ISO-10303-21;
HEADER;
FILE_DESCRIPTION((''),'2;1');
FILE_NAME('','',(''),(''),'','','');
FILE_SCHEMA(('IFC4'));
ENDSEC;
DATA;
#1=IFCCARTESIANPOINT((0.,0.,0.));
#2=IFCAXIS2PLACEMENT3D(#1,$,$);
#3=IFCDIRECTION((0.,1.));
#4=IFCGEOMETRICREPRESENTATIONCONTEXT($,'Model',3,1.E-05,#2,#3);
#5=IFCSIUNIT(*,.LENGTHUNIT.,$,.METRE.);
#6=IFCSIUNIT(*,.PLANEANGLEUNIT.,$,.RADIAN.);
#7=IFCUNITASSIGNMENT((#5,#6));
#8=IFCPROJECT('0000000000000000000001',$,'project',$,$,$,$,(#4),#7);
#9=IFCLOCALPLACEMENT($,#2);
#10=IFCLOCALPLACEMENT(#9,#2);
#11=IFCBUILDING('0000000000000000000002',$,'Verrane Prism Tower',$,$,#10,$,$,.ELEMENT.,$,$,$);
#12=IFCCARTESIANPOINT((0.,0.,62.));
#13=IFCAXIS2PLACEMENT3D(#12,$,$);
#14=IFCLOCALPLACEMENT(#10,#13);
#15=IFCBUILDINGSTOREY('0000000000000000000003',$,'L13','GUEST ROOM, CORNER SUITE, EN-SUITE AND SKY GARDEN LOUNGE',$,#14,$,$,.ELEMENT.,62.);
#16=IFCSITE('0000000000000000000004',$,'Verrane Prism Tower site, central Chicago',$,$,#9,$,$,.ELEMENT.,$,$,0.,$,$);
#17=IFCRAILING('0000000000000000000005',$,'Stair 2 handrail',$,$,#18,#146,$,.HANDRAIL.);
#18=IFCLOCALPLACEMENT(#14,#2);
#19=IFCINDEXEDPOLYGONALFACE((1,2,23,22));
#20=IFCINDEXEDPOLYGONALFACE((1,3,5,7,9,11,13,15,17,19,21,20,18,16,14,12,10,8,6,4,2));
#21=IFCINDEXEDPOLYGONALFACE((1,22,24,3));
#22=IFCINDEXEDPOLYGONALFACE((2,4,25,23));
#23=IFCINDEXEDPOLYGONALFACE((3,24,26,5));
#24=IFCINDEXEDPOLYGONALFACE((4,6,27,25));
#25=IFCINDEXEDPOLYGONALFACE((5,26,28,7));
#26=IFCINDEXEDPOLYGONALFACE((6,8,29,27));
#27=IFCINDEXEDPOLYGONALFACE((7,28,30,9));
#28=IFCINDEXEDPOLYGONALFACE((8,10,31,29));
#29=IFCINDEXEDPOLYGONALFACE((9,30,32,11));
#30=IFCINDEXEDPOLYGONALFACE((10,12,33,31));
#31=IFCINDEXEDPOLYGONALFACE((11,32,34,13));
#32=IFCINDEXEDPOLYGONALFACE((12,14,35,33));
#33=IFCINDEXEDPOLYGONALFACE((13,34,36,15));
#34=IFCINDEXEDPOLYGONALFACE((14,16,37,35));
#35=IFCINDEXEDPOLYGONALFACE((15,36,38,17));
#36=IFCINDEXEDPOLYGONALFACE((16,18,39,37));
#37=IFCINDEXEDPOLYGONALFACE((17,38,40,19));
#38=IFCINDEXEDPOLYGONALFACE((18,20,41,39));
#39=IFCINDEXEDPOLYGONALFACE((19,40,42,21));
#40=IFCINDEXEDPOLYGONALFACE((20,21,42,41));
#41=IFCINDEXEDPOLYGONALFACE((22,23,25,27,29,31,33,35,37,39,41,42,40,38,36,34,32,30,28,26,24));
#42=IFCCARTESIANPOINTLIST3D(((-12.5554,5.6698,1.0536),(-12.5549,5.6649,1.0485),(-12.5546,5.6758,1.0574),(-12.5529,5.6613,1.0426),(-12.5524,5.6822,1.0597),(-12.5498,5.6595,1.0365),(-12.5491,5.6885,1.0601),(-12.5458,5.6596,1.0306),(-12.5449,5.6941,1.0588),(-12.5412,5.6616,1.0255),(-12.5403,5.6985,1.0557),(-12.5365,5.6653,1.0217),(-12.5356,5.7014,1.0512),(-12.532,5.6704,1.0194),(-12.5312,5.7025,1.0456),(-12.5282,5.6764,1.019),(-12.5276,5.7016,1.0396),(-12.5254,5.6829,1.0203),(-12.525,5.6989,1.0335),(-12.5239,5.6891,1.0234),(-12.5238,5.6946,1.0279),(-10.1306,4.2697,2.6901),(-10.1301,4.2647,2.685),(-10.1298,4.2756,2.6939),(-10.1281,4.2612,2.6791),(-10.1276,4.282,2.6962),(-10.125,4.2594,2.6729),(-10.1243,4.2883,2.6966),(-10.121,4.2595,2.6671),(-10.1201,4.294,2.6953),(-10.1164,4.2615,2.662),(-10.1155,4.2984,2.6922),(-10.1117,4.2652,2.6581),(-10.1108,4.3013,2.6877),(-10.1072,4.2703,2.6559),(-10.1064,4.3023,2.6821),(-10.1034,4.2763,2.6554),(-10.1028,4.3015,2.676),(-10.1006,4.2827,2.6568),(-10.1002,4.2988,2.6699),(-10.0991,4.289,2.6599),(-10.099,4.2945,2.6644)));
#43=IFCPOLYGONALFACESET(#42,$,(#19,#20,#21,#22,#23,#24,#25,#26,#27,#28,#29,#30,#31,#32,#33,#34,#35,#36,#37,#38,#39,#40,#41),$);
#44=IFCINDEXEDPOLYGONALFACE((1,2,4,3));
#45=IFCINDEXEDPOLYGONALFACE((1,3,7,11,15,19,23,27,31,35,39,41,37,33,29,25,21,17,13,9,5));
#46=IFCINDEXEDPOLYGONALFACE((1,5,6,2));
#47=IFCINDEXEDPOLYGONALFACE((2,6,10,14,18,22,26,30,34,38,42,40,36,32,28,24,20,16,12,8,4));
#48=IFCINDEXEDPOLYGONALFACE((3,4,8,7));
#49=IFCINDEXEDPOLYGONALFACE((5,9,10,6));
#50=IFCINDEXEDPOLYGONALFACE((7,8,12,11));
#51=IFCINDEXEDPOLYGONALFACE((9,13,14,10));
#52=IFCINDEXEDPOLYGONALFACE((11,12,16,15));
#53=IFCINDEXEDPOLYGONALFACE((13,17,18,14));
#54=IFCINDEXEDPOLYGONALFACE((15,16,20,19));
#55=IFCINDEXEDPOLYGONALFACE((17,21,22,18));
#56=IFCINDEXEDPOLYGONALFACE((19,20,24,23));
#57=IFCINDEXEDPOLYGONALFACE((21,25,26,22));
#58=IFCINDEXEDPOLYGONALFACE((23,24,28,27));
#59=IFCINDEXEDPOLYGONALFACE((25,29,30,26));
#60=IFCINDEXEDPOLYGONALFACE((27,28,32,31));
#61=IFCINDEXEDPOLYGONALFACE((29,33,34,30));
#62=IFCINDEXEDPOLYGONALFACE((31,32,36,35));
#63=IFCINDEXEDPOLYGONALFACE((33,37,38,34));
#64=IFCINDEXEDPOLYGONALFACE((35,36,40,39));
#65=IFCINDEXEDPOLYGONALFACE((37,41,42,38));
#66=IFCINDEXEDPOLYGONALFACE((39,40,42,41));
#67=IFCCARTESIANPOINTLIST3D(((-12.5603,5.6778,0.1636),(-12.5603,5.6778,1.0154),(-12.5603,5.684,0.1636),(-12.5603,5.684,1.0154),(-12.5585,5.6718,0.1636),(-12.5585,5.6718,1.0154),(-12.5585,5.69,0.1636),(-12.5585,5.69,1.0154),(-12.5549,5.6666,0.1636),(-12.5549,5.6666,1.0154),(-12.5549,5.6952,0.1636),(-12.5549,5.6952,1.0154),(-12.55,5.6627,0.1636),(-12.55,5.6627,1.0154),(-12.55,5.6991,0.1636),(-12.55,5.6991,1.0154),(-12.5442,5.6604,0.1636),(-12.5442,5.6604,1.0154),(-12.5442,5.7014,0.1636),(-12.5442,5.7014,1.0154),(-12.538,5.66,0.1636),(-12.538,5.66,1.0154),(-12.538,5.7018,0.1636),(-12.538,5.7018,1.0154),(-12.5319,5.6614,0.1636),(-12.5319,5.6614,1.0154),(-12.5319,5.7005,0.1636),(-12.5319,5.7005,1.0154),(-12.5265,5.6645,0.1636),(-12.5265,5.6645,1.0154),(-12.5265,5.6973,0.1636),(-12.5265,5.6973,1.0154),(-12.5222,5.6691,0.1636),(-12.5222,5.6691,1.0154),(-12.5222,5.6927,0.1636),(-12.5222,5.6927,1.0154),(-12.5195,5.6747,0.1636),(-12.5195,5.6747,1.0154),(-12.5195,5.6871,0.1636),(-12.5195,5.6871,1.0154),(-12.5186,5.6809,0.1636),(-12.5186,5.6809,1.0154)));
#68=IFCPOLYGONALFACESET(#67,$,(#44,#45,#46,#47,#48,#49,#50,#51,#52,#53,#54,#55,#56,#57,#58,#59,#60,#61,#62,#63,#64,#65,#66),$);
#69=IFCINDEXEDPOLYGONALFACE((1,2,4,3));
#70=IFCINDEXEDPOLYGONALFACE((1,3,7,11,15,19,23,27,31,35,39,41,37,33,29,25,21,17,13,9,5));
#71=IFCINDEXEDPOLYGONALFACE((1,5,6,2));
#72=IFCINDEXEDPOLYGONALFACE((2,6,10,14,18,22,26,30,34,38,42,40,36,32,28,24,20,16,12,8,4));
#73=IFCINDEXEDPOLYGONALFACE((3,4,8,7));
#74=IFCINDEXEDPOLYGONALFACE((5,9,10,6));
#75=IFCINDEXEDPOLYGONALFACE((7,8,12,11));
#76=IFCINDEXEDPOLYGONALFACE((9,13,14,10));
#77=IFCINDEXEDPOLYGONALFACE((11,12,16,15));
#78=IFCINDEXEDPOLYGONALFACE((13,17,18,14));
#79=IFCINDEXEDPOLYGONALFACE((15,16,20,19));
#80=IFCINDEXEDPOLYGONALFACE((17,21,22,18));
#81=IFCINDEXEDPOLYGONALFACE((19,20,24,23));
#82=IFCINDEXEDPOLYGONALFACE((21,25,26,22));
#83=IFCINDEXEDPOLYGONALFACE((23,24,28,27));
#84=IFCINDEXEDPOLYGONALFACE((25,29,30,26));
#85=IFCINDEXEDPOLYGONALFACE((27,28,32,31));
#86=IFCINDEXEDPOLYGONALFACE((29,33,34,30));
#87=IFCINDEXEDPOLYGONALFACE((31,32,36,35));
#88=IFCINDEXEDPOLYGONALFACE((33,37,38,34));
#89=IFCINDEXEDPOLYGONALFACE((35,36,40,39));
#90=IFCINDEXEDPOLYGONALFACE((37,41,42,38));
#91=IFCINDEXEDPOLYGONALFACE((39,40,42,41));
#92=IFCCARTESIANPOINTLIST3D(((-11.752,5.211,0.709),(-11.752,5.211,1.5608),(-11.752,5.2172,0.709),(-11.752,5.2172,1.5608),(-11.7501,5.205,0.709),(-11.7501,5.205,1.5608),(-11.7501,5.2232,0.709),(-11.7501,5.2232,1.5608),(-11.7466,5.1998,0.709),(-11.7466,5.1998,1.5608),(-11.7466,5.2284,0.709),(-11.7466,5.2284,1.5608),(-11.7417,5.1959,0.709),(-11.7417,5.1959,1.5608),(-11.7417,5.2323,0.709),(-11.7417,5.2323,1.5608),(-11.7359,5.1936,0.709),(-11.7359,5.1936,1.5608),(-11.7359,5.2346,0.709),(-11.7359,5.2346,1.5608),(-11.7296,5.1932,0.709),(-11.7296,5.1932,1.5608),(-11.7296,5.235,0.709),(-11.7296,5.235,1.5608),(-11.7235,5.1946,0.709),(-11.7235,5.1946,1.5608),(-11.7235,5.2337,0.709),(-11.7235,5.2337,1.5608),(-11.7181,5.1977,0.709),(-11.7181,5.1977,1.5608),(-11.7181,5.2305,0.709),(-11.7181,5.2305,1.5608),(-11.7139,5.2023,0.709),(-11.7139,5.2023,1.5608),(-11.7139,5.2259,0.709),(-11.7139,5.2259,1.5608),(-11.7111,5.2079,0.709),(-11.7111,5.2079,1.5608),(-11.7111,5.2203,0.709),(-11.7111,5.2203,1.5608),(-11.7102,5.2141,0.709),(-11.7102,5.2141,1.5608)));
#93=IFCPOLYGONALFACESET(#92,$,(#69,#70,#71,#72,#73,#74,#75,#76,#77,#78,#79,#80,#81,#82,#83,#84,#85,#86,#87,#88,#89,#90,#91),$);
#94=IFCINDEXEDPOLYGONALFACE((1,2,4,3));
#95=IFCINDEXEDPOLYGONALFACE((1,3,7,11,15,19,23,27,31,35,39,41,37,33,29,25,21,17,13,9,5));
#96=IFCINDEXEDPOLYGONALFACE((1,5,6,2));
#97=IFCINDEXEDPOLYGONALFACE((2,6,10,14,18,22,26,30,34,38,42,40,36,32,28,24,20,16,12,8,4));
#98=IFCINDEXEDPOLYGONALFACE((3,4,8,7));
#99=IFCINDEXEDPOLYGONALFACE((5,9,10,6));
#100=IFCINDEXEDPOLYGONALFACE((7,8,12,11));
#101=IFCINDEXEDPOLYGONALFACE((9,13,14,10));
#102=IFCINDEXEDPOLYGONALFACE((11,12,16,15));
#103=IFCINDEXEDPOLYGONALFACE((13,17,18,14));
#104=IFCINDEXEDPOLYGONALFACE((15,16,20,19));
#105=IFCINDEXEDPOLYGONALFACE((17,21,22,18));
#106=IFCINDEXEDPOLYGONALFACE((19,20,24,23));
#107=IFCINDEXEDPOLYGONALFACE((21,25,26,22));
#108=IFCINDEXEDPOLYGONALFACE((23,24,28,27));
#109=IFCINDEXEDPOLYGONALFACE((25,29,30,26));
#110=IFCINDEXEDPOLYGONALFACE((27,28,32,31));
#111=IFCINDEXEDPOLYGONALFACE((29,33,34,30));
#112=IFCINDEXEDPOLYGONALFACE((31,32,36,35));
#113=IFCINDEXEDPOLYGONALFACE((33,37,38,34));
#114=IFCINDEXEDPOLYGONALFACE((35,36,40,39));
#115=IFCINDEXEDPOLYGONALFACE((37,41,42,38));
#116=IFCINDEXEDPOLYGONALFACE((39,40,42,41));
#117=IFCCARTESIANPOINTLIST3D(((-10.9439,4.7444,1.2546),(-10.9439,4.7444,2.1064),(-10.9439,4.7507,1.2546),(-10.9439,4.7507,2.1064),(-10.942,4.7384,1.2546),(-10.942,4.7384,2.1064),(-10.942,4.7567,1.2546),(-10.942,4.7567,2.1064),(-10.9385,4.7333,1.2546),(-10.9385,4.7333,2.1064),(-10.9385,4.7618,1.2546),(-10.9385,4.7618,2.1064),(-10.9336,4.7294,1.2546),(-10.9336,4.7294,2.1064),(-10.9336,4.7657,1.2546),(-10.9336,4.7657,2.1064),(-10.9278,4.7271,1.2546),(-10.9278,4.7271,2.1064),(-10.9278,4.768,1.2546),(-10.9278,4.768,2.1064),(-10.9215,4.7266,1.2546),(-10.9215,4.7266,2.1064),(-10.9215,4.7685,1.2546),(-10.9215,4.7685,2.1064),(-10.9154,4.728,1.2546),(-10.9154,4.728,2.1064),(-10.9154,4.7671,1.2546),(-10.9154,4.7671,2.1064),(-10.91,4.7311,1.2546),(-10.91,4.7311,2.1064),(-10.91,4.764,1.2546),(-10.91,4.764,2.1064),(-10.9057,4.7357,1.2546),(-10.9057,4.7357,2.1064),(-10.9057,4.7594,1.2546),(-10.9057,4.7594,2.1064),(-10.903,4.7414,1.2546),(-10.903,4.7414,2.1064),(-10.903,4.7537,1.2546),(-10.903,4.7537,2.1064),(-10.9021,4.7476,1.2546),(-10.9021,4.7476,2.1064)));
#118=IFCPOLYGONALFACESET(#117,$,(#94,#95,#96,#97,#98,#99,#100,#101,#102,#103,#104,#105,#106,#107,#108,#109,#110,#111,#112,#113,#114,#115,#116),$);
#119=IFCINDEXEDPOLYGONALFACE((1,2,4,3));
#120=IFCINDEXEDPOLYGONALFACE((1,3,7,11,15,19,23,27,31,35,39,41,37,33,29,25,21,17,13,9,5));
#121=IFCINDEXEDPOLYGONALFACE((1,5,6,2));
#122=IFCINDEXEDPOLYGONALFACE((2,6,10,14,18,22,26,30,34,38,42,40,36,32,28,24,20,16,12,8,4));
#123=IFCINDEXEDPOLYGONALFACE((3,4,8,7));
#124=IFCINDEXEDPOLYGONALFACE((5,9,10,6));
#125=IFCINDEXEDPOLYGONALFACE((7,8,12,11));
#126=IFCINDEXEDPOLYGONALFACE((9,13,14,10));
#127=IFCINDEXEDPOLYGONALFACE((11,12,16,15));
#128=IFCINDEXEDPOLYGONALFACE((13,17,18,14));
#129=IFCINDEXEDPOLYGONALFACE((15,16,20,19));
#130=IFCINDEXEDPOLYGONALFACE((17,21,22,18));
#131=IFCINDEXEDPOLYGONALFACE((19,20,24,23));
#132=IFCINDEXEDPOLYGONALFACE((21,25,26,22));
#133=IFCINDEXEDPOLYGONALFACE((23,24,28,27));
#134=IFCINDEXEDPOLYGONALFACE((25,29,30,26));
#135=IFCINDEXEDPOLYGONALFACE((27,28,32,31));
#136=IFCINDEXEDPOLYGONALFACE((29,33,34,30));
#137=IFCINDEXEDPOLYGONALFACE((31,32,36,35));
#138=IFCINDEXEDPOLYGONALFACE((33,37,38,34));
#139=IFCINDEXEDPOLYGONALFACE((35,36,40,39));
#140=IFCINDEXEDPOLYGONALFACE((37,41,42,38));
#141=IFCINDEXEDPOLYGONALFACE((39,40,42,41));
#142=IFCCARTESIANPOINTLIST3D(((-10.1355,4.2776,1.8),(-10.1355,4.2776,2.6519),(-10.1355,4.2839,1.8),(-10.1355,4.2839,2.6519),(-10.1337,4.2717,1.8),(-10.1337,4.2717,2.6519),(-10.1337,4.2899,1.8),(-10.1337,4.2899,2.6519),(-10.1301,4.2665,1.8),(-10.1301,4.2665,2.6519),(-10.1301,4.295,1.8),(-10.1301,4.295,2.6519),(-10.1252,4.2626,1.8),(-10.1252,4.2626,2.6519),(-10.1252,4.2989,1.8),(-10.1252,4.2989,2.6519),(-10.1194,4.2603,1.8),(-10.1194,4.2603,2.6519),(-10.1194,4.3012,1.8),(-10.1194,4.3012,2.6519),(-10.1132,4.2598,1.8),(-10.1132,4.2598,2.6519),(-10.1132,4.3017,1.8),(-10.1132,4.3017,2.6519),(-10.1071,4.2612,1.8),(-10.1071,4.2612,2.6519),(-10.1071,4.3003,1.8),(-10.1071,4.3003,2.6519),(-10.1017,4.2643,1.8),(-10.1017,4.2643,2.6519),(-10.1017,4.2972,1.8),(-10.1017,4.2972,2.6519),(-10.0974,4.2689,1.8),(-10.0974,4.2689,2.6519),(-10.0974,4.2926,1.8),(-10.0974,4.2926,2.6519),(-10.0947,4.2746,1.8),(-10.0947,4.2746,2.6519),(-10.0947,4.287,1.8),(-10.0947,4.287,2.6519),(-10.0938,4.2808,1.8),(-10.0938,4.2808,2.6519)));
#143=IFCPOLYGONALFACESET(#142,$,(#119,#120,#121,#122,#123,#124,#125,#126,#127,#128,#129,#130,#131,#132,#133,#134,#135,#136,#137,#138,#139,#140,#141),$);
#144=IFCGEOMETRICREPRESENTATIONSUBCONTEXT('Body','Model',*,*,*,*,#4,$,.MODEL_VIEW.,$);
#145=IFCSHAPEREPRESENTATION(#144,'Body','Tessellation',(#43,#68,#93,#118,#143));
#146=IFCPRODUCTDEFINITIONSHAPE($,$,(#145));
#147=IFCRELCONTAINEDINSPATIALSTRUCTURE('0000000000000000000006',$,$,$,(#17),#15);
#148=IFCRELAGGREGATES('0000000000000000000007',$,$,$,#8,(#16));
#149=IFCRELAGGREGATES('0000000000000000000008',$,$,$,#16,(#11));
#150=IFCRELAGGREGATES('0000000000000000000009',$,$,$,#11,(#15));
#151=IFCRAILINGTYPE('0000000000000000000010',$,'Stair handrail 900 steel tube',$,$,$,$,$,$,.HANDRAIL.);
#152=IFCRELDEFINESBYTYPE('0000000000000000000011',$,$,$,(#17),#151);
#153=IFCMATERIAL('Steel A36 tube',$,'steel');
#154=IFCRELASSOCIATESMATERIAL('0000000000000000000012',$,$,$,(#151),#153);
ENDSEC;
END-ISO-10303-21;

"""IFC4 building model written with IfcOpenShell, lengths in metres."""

from ifc_helpers import new_model, si_unit, direction, frame, origin, origin_2d, place, context, subcontext, project, spatial, circle, extrude, material, type_object, element, save


model = new_model("IFC4")

# Units and contexts
model_context = context("Model", 3, precision=1e-05, world=origin(), true_north=direction((0.0, 1.0)))
body_context = subcontext(model_context, "Body", "Model", "MODEL_VIEW")
ifc_project = project(units=[si_unit("LENGTHUNIT", "METRE"), si_unit("PLANEANGLEUNIT", "RADIAN")], contexts=[model_context])

# Site, building, storey
site_placement = place(None, origin())
site = spatial("IfcSite", under=ifc_project, at=site_placement, Name="Verrane Prism Tower site, central Chicago", CompositionType="ELEMENT", RefElevation=0.0)
building_placement = place(site_placement, origin())
building = spatial("IfcBuilding", under=site, at=building_placement, Name="Verrane Prism Tower", CompositionType="ELEMENT")
storey_placement = place(building_placement, frame((0.0, 0.0, 62.0)))
storey = spatial("IfcBuildingStorey", under=building, at=storey_placement, Name="L13", Description="GUEST ROOM, CORNER SUITE, EN-SUITE AND SKY GARDEN LOUNGE", CompositionType="ELEMENT", Elevation=62.0)

# Railing
ifc_material_1 = material(Name="Steel A36 tube", Category="steel")
railing_type_1 = type_object("IfcRailingType", Name="Stair handrail 900 steel tube", PredefinedType="HANDRAIL", material=ifc_material_1)
railing_1_placement = place(storey_placement, frame((-12.5396, 5.6809, 0.1636)))
element("IfcRailing", 1, at=railing_1_placement, inside=storey, type_object=railing_type_1, Name="Stair 2 handrail", PredefinedType="HANDRAIL", context=body_context, shape_type="SweptSolid", body=[
    extrude(circle(Radius=0.0239, at=origin_2d()), frame((0.0, 0.0, 0.876), z_axis=(0.747666, -0.431722, 0.504591), x_axis=(0.50005, 0.865997, 0.0)), (0.0, 0.0, 1.0), 3.2432),
    extrude(circle(Radius=0.021, at=origin_2d()), origin(), (0.0, 0.0, 1.0), 0.8518),
    extrude(circle(Radius=0.021, at=origin_2d()), frame((0.8083, -0.4668, 0.5454)), (0.0, 0.0, 1.0), 0.8518),
    extrude(circle(Radius=0.021, at=origin_2d()), frame((1.6165, -0.9333, 1.0911)), (0.0, 0.0, 1.0), 0.8518),
    extrude(circle(Radius=0.021, at=origin_2d()), frame((2.4248, -1.4001, 1.6365)), (0.0, 0.0, 1.0), 0.8518),
])

save(model, "model.ifc")
